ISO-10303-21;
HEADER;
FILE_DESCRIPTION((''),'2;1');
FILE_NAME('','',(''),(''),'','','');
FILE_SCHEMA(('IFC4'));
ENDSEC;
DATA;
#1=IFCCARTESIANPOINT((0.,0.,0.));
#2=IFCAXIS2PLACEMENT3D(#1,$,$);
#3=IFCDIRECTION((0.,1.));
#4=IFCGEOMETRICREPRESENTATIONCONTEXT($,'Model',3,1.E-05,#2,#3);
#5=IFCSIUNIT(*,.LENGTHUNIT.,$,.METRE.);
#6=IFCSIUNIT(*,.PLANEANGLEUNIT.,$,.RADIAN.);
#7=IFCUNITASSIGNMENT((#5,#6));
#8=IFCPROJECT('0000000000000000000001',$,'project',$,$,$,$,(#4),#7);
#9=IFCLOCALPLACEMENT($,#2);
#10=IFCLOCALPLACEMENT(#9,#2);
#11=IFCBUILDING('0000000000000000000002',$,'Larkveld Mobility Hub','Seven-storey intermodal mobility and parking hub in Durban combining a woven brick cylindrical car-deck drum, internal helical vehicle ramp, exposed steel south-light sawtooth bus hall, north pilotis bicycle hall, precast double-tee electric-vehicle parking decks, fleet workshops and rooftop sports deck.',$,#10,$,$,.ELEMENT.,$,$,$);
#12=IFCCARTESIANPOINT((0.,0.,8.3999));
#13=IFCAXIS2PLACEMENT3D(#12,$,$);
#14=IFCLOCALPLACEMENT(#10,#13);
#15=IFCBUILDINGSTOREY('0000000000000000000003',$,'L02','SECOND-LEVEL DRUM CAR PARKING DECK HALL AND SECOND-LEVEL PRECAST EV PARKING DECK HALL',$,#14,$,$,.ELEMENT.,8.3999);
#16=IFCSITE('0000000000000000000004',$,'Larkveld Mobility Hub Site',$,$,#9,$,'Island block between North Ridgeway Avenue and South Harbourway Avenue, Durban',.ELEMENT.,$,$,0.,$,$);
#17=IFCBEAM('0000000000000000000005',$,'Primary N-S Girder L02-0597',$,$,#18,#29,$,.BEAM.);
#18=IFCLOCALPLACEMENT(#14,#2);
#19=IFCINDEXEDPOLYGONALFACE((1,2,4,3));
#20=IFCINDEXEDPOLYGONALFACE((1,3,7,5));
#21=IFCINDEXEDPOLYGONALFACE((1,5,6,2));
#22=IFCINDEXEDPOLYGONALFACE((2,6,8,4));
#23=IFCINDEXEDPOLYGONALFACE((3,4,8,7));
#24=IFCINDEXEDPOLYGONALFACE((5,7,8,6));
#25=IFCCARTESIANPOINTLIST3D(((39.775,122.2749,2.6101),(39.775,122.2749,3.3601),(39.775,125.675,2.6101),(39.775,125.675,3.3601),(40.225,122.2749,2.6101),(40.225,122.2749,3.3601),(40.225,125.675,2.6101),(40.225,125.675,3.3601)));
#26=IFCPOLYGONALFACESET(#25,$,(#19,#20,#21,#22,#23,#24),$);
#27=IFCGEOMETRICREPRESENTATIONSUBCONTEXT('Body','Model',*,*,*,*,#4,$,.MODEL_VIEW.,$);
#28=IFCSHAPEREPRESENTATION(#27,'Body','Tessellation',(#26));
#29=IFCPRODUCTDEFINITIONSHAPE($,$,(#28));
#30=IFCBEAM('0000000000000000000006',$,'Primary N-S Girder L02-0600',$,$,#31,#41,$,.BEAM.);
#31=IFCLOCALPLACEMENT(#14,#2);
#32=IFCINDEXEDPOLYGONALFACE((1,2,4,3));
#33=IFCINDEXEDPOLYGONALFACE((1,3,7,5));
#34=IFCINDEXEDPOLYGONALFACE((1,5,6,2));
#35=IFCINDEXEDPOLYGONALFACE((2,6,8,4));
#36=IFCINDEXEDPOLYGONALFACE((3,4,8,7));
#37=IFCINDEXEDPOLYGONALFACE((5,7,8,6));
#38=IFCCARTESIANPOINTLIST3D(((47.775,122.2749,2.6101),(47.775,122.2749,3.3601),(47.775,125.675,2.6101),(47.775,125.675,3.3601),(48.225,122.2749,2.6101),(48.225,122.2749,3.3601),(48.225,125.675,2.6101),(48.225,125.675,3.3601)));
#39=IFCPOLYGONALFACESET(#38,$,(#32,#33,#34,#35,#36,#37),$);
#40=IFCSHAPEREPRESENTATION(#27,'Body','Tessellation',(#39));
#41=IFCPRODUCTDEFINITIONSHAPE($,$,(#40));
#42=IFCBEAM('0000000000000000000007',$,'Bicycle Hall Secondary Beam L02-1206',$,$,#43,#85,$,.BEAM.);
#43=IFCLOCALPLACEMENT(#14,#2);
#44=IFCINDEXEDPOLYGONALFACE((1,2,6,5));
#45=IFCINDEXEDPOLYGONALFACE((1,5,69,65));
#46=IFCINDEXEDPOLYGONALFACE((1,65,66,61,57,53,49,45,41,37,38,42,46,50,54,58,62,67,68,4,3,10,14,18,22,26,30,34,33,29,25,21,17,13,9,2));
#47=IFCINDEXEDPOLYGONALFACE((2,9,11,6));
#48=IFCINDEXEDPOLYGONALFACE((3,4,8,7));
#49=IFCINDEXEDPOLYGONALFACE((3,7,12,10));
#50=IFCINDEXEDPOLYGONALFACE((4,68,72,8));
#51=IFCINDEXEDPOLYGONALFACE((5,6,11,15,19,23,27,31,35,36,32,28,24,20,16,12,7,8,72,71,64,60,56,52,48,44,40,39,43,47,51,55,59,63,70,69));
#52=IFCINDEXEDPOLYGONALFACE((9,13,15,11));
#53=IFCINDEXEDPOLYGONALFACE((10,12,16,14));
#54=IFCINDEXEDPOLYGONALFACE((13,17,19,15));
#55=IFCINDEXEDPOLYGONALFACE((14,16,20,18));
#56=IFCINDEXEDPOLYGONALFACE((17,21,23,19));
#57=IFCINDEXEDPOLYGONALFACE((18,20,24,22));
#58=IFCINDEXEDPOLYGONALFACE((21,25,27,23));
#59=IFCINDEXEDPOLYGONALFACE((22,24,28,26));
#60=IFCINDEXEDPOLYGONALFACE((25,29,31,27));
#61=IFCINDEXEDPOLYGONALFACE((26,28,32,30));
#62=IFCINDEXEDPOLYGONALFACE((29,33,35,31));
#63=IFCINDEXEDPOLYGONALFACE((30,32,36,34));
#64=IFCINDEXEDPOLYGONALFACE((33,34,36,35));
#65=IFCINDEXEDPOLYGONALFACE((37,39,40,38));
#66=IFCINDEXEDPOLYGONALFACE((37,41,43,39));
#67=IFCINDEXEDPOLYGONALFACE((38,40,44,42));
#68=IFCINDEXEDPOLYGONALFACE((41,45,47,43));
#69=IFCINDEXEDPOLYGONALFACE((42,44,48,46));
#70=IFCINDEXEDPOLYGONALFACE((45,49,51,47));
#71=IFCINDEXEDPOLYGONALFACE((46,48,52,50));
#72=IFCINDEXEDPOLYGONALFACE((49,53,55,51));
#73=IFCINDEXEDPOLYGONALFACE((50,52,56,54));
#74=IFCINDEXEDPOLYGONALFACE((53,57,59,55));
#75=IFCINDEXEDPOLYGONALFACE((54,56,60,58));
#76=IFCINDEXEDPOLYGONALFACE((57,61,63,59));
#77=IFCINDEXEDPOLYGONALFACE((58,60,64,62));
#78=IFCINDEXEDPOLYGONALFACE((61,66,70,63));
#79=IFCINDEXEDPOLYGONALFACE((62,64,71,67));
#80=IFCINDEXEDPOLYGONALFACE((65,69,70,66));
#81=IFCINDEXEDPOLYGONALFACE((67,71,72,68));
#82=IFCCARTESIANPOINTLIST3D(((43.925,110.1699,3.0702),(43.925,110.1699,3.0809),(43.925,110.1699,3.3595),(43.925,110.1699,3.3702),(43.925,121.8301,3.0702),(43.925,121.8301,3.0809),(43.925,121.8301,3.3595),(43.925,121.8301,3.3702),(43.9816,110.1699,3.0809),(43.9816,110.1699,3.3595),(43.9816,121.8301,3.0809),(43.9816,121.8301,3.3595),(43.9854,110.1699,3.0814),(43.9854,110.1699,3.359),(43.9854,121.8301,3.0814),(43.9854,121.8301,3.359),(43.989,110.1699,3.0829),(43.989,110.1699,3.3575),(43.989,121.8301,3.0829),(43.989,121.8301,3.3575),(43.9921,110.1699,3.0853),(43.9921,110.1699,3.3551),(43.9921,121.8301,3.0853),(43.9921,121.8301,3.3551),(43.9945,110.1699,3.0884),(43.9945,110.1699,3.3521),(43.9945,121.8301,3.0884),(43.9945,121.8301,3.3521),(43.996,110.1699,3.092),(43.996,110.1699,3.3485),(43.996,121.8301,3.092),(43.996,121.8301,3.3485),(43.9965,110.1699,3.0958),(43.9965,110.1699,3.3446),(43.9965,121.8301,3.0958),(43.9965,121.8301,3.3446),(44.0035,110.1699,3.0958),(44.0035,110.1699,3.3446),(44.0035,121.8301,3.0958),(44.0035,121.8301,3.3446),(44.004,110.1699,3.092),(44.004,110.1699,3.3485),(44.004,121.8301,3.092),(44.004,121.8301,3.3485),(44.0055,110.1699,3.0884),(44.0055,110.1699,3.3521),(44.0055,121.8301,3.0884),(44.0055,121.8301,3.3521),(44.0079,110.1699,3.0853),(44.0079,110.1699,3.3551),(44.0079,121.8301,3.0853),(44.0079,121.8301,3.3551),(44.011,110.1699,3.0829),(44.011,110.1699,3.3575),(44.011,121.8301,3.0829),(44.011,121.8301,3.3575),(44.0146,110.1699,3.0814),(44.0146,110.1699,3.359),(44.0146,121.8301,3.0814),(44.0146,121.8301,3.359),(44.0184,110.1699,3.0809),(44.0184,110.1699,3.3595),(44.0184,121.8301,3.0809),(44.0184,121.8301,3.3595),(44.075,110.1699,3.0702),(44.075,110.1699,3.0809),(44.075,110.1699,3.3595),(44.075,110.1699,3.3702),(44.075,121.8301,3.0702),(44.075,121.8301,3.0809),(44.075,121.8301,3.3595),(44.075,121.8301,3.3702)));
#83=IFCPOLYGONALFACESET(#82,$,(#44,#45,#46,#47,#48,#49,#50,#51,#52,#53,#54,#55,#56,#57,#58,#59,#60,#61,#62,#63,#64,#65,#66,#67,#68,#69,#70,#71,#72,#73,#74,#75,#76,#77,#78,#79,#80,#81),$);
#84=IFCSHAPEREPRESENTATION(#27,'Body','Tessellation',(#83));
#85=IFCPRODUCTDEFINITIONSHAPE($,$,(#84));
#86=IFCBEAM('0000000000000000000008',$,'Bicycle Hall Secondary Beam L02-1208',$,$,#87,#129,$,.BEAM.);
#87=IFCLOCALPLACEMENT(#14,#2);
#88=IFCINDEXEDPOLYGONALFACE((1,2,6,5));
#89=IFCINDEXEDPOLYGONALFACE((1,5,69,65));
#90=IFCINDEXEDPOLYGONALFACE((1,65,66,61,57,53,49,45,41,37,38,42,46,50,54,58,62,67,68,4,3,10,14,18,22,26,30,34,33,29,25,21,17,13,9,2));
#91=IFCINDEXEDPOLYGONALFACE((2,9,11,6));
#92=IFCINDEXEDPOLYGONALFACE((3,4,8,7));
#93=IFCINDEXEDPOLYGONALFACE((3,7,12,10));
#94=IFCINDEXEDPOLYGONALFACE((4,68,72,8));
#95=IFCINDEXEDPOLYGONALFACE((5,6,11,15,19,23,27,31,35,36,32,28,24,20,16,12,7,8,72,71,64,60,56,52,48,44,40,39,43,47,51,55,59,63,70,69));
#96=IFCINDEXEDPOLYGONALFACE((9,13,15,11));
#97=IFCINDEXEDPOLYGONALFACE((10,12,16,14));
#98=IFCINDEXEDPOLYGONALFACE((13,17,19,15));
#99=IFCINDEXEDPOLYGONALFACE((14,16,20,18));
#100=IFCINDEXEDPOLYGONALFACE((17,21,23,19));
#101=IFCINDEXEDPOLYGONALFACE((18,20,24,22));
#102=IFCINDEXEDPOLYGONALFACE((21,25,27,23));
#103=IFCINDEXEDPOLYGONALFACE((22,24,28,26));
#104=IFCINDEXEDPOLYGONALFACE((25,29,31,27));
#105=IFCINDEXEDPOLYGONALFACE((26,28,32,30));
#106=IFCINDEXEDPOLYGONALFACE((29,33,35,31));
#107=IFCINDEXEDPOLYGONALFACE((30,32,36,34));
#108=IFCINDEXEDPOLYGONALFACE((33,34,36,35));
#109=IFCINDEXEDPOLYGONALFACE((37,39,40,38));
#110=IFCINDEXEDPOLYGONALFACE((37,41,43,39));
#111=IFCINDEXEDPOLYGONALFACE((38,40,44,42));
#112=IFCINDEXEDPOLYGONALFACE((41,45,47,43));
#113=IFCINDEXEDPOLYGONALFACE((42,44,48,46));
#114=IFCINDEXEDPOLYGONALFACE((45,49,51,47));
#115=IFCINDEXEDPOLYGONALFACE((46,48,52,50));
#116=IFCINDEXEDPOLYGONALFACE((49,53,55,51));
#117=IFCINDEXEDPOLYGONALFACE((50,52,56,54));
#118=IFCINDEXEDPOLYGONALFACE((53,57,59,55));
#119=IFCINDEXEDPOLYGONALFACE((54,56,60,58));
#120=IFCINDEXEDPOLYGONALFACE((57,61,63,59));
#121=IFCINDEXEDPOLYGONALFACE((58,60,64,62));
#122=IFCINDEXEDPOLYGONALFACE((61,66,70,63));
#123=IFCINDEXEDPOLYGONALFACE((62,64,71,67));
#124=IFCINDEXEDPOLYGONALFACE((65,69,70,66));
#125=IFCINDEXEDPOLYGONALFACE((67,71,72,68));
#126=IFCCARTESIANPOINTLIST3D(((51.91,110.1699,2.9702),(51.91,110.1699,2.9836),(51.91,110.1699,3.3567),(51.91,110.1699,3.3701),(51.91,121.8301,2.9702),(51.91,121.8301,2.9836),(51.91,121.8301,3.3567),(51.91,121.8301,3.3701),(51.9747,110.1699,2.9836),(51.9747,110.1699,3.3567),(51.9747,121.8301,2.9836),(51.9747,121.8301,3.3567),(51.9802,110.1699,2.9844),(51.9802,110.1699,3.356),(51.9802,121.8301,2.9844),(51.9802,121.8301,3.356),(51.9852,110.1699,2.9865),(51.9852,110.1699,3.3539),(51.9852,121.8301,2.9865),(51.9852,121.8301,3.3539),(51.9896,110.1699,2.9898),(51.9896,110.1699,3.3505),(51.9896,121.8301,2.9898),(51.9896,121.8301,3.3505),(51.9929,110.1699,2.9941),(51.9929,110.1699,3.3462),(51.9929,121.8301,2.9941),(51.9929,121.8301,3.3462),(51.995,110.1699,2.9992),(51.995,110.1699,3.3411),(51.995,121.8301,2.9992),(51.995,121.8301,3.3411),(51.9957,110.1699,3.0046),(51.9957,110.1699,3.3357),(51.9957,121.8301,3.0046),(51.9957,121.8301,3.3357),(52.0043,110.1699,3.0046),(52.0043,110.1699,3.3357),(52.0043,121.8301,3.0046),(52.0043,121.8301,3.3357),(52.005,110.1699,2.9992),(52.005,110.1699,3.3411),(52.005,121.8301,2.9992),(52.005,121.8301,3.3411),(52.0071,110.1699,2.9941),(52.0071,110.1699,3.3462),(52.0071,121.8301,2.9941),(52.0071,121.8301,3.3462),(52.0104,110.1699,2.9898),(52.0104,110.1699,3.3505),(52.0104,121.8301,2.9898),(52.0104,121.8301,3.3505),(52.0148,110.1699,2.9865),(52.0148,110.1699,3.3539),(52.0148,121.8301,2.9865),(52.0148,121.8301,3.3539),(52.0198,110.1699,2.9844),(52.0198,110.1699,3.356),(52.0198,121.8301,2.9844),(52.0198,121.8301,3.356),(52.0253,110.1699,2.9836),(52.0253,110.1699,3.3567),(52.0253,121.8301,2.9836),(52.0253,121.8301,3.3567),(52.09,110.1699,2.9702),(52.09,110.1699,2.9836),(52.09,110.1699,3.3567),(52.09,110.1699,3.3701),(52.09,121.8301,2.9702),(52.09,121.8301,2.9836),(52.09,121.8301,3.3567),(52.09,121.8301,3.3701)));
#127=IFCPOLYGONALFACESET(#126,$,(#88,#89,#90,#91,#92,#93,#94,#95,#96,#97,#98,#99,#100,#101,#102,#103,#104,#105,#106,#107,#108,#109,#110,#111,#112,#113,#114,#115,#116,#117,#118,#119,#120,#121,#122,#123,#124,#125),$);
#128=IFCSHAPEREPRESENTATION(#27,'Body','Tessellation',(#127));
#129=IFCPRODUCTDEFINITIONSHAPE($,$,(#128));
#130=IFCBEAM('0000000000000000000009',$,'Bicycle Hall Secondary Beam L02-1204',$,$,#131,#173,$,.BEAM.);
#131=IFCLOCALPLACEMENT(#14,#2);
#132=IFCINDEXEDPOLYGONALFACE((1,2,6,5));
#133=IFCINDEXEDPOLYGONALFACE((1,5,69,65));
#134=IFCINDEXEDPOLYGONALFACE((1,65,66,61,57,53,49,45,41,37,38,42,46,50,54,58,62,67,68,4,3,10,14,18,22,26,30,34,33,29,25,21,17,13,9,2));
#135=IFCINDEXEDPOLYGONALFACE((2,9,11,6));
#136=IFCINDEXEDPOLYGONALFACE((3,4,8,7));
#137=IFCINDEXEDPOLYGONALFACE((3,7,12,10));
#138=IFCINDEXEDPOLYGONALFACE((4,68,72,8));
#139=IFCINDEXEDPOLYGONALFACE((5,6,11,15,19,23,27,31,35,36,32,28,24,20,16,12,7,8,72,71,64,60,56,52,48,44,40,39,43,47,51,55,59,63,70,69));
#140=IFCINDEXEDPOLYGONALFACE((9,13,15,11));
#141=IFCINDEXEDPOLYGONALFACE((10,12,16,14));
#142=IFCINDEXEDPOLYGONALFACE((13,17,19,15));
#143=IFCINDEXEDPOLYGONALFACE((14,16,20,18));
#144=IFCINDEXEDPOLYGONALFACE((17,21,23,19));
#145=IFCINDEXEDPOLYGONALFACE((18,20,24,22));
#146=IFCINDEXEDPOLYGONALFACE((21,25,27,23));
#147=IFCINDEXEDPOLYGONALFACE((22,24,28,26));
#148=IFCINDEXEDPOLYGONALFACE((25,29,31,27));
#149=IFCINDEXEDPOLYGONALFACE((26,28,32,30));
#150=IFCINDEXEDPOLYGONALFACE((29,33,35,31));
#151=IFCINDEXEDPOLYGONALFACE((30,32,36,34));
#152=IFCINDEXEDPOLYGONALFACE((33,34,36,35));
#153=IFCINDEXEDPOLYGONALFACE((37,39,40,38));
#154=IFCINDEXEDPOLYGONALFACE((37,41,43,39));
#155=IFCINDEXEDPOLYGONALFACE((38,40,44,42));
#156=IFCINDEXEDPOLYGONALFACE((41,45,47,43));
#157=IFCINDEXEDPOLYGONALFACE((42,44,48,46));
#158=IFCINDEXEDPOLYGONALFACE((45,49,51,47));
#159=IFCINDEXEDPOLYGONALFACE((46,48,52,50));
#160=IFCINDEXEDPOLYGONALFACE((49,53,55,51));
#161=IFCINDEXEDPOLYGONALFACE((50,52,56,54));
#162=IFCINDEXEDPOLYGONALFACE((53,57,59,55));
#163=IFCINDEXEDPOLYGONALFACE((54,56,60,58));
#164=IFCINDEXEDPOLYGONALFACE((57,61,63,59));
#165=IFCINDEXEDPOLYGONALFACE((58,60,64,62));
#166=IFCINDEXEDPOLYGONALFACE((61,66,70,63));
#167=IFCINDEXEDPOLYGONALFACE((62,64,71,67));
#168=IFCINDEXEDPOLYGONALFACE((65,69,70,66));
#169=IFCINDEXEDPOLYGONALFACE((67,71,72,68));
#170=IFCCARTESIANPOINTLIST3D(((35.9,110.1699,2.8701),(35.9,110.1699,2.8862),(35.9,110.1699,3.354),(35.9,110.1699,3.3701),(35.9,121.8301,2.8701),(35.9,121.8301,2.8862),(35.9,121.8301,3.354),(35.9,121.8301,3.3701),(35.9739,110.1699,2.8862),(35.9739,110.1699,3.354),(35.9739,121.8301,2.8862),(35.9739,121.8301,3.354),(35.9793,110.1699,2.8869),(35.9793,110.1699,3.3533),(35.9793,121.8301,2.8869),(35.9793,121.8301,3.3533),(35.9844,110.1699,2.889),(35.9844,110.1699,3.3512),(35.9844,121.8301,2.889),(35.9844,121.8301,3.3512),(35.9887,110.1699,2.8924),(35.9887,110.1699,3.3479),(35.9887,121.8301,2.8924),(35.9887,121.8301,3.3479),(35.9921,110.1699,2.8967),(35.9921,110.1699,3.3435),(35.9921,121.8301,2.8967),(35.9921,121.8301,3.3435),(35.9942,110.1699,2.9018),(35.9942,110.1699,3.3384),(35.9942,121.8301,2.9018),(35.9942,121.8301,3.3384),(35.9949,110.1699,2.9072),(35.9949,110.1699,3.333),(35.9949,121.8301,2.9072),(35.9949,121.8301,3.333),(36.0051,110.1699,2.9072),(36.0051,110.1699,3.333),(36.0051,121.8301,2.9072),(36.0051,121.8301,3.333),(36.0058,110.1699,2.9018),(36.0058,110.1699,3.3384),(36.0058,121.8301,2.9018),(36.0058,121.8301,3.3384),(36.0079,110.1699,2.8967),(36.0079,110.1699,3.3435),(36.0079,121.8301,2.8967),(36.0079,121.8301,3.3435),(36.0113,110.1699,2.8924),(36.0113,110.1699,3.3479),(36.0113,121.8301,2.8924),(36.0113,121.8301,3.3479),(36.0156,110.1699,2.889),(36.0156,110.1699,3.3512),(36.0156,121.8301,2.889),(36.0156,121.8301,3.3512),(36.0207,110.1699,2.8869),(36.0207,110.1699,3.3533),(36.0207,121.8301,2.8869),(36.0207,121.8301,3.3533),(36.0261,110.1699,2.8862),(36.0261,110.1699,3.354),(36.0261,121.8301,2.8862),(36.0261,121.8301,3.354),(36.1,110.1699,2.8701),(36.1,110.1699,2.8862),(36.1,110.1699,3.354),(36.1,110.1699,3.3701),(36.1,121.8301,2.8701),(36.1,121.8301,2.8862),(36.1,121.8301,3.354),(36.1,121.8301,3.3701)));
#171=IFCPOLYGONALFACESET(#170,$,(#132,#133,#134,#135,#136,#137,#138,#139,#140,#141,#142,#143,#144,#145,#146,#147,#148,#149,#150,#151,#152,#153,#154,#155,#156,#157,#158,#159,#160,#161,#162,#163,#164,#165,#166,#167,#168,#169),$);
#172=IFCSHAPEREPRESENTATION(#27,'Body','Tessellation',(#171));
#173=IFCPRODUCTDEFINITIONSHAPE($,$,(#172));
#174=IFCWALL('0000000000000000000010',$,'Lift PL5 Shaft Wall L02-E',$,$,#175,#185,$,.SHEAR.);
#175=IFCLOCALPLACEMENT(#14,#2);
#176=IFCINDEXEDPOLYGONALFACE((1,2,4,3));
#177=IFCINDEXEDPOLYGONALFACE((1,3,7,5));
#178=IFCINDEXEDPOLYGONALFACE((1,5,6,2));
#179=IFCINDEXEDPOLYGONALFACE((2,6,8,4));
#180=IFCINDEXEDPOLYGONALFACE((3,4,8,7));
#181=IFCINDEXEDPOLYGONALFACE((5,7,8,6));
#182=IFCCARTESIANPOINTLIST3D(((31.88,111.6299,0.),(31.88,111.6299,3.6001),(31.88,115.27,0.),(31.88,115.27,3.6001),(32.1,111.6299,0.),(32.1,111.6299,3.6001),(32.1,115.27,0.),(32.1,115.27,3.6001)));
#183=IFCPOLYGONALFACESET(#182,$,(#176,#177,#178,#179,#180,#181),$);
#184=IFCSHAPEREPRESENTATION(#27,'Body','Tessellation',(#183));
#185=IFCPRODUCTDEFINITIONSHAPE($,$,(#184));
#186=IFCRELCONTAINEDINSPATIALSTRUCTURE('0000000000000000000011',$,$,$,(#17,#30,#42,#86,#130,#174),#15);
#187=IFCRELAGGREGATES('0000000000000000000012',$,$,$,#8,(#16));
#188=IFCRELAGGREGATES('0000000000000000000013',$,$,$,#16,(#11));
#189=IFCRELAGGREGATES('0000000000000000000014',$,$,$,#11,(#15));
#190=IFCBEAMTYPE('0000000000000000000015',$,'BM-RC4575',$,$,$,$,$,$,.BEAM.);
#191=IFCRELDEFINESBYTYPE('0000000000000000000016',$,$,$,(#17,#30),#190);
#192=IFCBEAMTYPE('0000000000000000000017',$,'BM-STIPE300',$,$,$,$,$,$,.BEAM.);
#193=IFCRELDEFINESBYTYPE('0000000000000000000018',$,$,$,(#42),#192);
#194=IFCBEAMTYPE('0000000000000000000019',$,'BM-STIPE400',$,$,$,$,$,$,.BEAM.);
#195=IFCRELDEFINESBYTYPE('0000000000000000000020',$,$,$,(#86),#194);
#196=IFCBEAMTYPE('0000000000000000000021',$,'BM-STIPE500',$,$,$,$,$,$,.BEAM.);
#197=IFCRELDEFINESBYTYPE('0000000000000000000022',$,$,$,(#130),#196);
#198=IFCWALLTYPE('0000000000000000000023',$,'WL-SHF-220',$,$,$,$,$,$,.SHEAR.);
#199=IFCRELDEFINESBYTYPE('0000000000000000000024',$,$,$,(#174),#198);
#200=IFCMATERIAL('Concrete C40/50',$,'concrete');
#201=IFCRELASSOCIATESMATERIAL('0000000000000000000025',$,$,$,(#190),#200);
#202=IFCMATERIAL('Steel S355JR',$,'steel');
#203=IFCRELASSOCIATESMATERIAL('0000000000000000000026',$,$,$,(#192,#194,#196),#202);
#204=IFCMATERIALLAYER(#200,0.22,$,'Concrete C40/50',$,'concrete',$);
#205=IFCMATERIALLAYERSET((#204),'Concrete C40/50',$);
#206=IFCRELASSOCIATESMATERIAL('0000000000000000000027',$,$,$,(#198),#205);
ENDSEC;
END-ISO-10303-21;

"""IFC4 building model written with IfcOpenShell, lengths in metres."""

from ifc_helpers import new_model, si_unit, direction, frame, frame_2d, origin, origin_2d, place, context, subcontext, project, spatial, rectangle, i_section, extrude, material, layer, layer_set, material_profile, profile_set, type_object, element, save


model = new_model("IFC4")

# Units and contexts
model_context = context("Model", 3, precision=1e-05, world=origin(), true_north=direction((0.0, 1.0)))
body_context = subcontext(model_context, "Body", "Model", "MODEL_VIEW")
ifc_project = project(units=[si_unit("LENGTHUNIT", "METRE"), si_unit("PLANEANGLEUNIT", "RADIAN")], contexts=[model_context])

# Site, building, storey
site_placement = place(None, origin())
site = spatial("IfcSite", under=ifc_project, at=site_placement, Name="Larkveld Mobility Hub Site", LongName="Island block between North Ridgeway Avenue and South Harbourway Avenue, Durban", CompositionType="ELEMENT", RefElevation=0.0)
building_placement = place(site_placement, origin())
building = spatial("IfcBuilding", under=site, at=building_placement, Name="Larkveld Mobility Hub", Description="Seven-storey intermodal mobility and parking hub in Durban combining a woven brick cylindrical car-deck drum, internal helical vehicle ramp, exposed steel south-light sawtooth bus hall, north pilotis bicycle hall, precast double-tee electric-vehicle parking decks, fleet workshops and rooftop sports deck.", CompositionType="ELEMENT")
storey_placement = place(building_placement, frame((0.0, 0.0, 8.3999)))
storey = spatial("IfcBuildingStorey", under=building, at=storey_placement, Name="L02", Description="SECOND-LEVEL DRUM CAR PARKING DECK HALL AND SECOND-LEVEL PRECAST EV PARKING DECK HALL", CompositionType="ELEMENT", Elevation=8.3999)

# Shared definitions
ifc_material_1 = material(Name="Concrete C40/50", Category="concrete")

# Beams
ifc_material_profile_1 = material_profile(ifc_material_1, rectangle(XDim=0.45, YDim=0.75, at=origin_2d()), Name="RC BM 450x750")
ifc_profile_set_1 = profile_set([ifc_material_profile_1], Name="Concrete C40/50")
beam_type_1 = type_object("IfcBeamType", Name="BM-RC4575", PredefinedType="BEAM", material=ifc_profile_set_1)
for number, where, z_axis, x_axis, name in (
    (1, (40.0, 122.2749, 2.9851), (0.0, 1.0, 0.0), (-1.0, 0.0, 0.0), "Primary N-S Girder L02-0597"),
    (2, (48.0, 122.2749, 2.9851), (0.0, 1.0, 0.0), (-1.0, 0.0, 0.0), "Primary N-S Girder L02-0600"),
):
    element("IfcBeam", number, at=place(storey_placement, frame(where, z_axis=z_axis, x_axis=x_axis)), inside=storey, type_object=beam_type_1, Name=name, PredefinedType="BEAM", context=body_context, shape_type="SweptSolid", body=[
        extrude(rectangle(XDim=0.45, YDim=0.75, at=origin_2d()), origin(), (0.0, 0.0, 1.0), 3.4001),
    ])
ifc_material_2 = material(Name="Steel S355JR", Category="steel")
ifc_material_profile_2 = material_profile(ifc_material_2, i_section(OverallWidth=0.1499, OverallDepth=0.3, WebThickness=0.0071, FlangeThickness=0.0107, FilletRadius=0.0149, at=origin_2d()), Name="IPE 300")
ifc_profile_set_2 = profile_set([ifc_material_profile_2], Name="Steel S355JR")
beam_type_2 = type_object("IfcBeamType", Name="BM-STIPE300", PredefinedType="BEAM", material=ifc_profile_set_2)
beam_1_placement = place(storey_placement, frame((44.0, 110.1699, 3.2202), z_axis=(0.0, 1.0, 0.0), x_axis=(-1.0, 0.0, 0.0)))
element("IfcBeam", 3, at=beam_1_placement, inside=storey, type_object=beam_type_2, Name="Bicycle Hall Secondary Beam L02-1206", PredefinedType="BEAM", context=body_context, shape_type="SweptSolid", body=[
    extrude(i_section(OverallWidth=0.1499, OverallDepth=0.3, WebThickness=0.0071, FlangeThickness=0.0107, FilletRadius=0.0149, at=origin_2d()), origin(), (0.0, 0.0, 1.0), 11.6602),
])
ifc_material_profile_3 = material_profile(ifc_material_2, i_section(OverallWidth=0.1799, OverallDepth=0.3999, WebThickness=0.0085, FlangeThickness=0.0134, FilletRadius=0.021, at=origin_2d()), Name="IPE 400")
ifc_profile_set_3 = profile_set([ifc_material_profile_3], Name="Steel S355JR")
beam_type_3 = type_object("IfcBeamType", Name="BM-STIPE400", PredefinedType="BEAM", material=ifc_profile_set_3)
beam_2_placement = place(storey_placement, frame((52.0, 110.1699, 3.1702), z_axis=(0.0, 1.0, 0.0), x_axis=(-1.0, 0.0, 0.0)))
element("IfcBeam", 4, at=beam_2_placement, inside=storey, type_object=beam_type_3, Name="Bicycle Hall Secondary Beam L02-1208", PredefinedType="BEAM", context=body_context, shape_type="SweptSolid", body=[
    extrude(i_section(OverallWidth=0.1799, OverallDepth=0.3999, WebThickness=0.0085, FlangeThickness=0.0134, FilletRadius=0.021, at=origin_2d()), origin(), (0.0, 0.0, 1.0), 11.6602),
])
ifc_material_profile_4 = material_profile(ifc_material_2, i_section(OverallWidth=0.2, OverallDepth=0.5, WebThickness=0.0103, FlangeThickness=0.0161, FilletRadius=0.021, at=origin_2d()), Name="IPE 500")
ifc_profile_set_4 = profile_set([ifc_material_profile_4], Name="Steel S355JR")
beam_type_4 = type_object("IfcBeamType", Name="BM-STIPE500", PredefinedType="BEAM", material=ifc_profile_set_4)
beam_3_placement = place(storey_placement, frame((36.0, 110.1699, 3.1201), z_axis=(0.0, 1.0, 0.0), x_axis=(-1.0, 0.0, 0.0)))
element("IfcBeam", 5, at=beam_3_placement, inside=storey, type_object=beam_type_4, Name="Bicycle Hall Secondary Beam L02-1204", PredefinedType="BEAM", context=body_context, shape_type="SweptSolid", body=[
    extrude(i_section(OverallWidth=0.2, OverallDepth=0.5, WebThickness=0.0103, FlangeThickness=0.0161, FilletRadius=0.021, at=origin_2d()), origin(), (0.0, 0.0, 1.0), 11.6602),
])

# Wall
ifc_layer = layer(ifc_material_1, 0.22, Name="Concrete C40/50", Category="concrete")
ifc_layer_set = layer_set([ifc_layer], Name="Concrete C40/50")
wall_type = type_object("IfcWallType", Name="WL-SHF-220", PredefinedType="SHEAR", material=ifc_layer_set)
wall_1_placement = place(storey_placement, frame((31.99, 115.27, 0.0), z_axis=(0.0, 0.0, 1.0), x_axis=(0.0, -1.0, 0.0)))
element("IfcWall", 6, at=wall_1_placement, inside=storey, type_object=wall_type, Name="Lift PL5 Shaft Wall L02-E", PredefinedType="SHEAR", context=body_context, shape_type="SweptSolid", body=[
    extrude(rectangle(XDim=3.6401, YDim=0.22, at=frame_2d((1.8201, 0.0))), origin(), (0.0, 0.0, 1.0), 3.6001),
])

save(model, "model.ifc")
